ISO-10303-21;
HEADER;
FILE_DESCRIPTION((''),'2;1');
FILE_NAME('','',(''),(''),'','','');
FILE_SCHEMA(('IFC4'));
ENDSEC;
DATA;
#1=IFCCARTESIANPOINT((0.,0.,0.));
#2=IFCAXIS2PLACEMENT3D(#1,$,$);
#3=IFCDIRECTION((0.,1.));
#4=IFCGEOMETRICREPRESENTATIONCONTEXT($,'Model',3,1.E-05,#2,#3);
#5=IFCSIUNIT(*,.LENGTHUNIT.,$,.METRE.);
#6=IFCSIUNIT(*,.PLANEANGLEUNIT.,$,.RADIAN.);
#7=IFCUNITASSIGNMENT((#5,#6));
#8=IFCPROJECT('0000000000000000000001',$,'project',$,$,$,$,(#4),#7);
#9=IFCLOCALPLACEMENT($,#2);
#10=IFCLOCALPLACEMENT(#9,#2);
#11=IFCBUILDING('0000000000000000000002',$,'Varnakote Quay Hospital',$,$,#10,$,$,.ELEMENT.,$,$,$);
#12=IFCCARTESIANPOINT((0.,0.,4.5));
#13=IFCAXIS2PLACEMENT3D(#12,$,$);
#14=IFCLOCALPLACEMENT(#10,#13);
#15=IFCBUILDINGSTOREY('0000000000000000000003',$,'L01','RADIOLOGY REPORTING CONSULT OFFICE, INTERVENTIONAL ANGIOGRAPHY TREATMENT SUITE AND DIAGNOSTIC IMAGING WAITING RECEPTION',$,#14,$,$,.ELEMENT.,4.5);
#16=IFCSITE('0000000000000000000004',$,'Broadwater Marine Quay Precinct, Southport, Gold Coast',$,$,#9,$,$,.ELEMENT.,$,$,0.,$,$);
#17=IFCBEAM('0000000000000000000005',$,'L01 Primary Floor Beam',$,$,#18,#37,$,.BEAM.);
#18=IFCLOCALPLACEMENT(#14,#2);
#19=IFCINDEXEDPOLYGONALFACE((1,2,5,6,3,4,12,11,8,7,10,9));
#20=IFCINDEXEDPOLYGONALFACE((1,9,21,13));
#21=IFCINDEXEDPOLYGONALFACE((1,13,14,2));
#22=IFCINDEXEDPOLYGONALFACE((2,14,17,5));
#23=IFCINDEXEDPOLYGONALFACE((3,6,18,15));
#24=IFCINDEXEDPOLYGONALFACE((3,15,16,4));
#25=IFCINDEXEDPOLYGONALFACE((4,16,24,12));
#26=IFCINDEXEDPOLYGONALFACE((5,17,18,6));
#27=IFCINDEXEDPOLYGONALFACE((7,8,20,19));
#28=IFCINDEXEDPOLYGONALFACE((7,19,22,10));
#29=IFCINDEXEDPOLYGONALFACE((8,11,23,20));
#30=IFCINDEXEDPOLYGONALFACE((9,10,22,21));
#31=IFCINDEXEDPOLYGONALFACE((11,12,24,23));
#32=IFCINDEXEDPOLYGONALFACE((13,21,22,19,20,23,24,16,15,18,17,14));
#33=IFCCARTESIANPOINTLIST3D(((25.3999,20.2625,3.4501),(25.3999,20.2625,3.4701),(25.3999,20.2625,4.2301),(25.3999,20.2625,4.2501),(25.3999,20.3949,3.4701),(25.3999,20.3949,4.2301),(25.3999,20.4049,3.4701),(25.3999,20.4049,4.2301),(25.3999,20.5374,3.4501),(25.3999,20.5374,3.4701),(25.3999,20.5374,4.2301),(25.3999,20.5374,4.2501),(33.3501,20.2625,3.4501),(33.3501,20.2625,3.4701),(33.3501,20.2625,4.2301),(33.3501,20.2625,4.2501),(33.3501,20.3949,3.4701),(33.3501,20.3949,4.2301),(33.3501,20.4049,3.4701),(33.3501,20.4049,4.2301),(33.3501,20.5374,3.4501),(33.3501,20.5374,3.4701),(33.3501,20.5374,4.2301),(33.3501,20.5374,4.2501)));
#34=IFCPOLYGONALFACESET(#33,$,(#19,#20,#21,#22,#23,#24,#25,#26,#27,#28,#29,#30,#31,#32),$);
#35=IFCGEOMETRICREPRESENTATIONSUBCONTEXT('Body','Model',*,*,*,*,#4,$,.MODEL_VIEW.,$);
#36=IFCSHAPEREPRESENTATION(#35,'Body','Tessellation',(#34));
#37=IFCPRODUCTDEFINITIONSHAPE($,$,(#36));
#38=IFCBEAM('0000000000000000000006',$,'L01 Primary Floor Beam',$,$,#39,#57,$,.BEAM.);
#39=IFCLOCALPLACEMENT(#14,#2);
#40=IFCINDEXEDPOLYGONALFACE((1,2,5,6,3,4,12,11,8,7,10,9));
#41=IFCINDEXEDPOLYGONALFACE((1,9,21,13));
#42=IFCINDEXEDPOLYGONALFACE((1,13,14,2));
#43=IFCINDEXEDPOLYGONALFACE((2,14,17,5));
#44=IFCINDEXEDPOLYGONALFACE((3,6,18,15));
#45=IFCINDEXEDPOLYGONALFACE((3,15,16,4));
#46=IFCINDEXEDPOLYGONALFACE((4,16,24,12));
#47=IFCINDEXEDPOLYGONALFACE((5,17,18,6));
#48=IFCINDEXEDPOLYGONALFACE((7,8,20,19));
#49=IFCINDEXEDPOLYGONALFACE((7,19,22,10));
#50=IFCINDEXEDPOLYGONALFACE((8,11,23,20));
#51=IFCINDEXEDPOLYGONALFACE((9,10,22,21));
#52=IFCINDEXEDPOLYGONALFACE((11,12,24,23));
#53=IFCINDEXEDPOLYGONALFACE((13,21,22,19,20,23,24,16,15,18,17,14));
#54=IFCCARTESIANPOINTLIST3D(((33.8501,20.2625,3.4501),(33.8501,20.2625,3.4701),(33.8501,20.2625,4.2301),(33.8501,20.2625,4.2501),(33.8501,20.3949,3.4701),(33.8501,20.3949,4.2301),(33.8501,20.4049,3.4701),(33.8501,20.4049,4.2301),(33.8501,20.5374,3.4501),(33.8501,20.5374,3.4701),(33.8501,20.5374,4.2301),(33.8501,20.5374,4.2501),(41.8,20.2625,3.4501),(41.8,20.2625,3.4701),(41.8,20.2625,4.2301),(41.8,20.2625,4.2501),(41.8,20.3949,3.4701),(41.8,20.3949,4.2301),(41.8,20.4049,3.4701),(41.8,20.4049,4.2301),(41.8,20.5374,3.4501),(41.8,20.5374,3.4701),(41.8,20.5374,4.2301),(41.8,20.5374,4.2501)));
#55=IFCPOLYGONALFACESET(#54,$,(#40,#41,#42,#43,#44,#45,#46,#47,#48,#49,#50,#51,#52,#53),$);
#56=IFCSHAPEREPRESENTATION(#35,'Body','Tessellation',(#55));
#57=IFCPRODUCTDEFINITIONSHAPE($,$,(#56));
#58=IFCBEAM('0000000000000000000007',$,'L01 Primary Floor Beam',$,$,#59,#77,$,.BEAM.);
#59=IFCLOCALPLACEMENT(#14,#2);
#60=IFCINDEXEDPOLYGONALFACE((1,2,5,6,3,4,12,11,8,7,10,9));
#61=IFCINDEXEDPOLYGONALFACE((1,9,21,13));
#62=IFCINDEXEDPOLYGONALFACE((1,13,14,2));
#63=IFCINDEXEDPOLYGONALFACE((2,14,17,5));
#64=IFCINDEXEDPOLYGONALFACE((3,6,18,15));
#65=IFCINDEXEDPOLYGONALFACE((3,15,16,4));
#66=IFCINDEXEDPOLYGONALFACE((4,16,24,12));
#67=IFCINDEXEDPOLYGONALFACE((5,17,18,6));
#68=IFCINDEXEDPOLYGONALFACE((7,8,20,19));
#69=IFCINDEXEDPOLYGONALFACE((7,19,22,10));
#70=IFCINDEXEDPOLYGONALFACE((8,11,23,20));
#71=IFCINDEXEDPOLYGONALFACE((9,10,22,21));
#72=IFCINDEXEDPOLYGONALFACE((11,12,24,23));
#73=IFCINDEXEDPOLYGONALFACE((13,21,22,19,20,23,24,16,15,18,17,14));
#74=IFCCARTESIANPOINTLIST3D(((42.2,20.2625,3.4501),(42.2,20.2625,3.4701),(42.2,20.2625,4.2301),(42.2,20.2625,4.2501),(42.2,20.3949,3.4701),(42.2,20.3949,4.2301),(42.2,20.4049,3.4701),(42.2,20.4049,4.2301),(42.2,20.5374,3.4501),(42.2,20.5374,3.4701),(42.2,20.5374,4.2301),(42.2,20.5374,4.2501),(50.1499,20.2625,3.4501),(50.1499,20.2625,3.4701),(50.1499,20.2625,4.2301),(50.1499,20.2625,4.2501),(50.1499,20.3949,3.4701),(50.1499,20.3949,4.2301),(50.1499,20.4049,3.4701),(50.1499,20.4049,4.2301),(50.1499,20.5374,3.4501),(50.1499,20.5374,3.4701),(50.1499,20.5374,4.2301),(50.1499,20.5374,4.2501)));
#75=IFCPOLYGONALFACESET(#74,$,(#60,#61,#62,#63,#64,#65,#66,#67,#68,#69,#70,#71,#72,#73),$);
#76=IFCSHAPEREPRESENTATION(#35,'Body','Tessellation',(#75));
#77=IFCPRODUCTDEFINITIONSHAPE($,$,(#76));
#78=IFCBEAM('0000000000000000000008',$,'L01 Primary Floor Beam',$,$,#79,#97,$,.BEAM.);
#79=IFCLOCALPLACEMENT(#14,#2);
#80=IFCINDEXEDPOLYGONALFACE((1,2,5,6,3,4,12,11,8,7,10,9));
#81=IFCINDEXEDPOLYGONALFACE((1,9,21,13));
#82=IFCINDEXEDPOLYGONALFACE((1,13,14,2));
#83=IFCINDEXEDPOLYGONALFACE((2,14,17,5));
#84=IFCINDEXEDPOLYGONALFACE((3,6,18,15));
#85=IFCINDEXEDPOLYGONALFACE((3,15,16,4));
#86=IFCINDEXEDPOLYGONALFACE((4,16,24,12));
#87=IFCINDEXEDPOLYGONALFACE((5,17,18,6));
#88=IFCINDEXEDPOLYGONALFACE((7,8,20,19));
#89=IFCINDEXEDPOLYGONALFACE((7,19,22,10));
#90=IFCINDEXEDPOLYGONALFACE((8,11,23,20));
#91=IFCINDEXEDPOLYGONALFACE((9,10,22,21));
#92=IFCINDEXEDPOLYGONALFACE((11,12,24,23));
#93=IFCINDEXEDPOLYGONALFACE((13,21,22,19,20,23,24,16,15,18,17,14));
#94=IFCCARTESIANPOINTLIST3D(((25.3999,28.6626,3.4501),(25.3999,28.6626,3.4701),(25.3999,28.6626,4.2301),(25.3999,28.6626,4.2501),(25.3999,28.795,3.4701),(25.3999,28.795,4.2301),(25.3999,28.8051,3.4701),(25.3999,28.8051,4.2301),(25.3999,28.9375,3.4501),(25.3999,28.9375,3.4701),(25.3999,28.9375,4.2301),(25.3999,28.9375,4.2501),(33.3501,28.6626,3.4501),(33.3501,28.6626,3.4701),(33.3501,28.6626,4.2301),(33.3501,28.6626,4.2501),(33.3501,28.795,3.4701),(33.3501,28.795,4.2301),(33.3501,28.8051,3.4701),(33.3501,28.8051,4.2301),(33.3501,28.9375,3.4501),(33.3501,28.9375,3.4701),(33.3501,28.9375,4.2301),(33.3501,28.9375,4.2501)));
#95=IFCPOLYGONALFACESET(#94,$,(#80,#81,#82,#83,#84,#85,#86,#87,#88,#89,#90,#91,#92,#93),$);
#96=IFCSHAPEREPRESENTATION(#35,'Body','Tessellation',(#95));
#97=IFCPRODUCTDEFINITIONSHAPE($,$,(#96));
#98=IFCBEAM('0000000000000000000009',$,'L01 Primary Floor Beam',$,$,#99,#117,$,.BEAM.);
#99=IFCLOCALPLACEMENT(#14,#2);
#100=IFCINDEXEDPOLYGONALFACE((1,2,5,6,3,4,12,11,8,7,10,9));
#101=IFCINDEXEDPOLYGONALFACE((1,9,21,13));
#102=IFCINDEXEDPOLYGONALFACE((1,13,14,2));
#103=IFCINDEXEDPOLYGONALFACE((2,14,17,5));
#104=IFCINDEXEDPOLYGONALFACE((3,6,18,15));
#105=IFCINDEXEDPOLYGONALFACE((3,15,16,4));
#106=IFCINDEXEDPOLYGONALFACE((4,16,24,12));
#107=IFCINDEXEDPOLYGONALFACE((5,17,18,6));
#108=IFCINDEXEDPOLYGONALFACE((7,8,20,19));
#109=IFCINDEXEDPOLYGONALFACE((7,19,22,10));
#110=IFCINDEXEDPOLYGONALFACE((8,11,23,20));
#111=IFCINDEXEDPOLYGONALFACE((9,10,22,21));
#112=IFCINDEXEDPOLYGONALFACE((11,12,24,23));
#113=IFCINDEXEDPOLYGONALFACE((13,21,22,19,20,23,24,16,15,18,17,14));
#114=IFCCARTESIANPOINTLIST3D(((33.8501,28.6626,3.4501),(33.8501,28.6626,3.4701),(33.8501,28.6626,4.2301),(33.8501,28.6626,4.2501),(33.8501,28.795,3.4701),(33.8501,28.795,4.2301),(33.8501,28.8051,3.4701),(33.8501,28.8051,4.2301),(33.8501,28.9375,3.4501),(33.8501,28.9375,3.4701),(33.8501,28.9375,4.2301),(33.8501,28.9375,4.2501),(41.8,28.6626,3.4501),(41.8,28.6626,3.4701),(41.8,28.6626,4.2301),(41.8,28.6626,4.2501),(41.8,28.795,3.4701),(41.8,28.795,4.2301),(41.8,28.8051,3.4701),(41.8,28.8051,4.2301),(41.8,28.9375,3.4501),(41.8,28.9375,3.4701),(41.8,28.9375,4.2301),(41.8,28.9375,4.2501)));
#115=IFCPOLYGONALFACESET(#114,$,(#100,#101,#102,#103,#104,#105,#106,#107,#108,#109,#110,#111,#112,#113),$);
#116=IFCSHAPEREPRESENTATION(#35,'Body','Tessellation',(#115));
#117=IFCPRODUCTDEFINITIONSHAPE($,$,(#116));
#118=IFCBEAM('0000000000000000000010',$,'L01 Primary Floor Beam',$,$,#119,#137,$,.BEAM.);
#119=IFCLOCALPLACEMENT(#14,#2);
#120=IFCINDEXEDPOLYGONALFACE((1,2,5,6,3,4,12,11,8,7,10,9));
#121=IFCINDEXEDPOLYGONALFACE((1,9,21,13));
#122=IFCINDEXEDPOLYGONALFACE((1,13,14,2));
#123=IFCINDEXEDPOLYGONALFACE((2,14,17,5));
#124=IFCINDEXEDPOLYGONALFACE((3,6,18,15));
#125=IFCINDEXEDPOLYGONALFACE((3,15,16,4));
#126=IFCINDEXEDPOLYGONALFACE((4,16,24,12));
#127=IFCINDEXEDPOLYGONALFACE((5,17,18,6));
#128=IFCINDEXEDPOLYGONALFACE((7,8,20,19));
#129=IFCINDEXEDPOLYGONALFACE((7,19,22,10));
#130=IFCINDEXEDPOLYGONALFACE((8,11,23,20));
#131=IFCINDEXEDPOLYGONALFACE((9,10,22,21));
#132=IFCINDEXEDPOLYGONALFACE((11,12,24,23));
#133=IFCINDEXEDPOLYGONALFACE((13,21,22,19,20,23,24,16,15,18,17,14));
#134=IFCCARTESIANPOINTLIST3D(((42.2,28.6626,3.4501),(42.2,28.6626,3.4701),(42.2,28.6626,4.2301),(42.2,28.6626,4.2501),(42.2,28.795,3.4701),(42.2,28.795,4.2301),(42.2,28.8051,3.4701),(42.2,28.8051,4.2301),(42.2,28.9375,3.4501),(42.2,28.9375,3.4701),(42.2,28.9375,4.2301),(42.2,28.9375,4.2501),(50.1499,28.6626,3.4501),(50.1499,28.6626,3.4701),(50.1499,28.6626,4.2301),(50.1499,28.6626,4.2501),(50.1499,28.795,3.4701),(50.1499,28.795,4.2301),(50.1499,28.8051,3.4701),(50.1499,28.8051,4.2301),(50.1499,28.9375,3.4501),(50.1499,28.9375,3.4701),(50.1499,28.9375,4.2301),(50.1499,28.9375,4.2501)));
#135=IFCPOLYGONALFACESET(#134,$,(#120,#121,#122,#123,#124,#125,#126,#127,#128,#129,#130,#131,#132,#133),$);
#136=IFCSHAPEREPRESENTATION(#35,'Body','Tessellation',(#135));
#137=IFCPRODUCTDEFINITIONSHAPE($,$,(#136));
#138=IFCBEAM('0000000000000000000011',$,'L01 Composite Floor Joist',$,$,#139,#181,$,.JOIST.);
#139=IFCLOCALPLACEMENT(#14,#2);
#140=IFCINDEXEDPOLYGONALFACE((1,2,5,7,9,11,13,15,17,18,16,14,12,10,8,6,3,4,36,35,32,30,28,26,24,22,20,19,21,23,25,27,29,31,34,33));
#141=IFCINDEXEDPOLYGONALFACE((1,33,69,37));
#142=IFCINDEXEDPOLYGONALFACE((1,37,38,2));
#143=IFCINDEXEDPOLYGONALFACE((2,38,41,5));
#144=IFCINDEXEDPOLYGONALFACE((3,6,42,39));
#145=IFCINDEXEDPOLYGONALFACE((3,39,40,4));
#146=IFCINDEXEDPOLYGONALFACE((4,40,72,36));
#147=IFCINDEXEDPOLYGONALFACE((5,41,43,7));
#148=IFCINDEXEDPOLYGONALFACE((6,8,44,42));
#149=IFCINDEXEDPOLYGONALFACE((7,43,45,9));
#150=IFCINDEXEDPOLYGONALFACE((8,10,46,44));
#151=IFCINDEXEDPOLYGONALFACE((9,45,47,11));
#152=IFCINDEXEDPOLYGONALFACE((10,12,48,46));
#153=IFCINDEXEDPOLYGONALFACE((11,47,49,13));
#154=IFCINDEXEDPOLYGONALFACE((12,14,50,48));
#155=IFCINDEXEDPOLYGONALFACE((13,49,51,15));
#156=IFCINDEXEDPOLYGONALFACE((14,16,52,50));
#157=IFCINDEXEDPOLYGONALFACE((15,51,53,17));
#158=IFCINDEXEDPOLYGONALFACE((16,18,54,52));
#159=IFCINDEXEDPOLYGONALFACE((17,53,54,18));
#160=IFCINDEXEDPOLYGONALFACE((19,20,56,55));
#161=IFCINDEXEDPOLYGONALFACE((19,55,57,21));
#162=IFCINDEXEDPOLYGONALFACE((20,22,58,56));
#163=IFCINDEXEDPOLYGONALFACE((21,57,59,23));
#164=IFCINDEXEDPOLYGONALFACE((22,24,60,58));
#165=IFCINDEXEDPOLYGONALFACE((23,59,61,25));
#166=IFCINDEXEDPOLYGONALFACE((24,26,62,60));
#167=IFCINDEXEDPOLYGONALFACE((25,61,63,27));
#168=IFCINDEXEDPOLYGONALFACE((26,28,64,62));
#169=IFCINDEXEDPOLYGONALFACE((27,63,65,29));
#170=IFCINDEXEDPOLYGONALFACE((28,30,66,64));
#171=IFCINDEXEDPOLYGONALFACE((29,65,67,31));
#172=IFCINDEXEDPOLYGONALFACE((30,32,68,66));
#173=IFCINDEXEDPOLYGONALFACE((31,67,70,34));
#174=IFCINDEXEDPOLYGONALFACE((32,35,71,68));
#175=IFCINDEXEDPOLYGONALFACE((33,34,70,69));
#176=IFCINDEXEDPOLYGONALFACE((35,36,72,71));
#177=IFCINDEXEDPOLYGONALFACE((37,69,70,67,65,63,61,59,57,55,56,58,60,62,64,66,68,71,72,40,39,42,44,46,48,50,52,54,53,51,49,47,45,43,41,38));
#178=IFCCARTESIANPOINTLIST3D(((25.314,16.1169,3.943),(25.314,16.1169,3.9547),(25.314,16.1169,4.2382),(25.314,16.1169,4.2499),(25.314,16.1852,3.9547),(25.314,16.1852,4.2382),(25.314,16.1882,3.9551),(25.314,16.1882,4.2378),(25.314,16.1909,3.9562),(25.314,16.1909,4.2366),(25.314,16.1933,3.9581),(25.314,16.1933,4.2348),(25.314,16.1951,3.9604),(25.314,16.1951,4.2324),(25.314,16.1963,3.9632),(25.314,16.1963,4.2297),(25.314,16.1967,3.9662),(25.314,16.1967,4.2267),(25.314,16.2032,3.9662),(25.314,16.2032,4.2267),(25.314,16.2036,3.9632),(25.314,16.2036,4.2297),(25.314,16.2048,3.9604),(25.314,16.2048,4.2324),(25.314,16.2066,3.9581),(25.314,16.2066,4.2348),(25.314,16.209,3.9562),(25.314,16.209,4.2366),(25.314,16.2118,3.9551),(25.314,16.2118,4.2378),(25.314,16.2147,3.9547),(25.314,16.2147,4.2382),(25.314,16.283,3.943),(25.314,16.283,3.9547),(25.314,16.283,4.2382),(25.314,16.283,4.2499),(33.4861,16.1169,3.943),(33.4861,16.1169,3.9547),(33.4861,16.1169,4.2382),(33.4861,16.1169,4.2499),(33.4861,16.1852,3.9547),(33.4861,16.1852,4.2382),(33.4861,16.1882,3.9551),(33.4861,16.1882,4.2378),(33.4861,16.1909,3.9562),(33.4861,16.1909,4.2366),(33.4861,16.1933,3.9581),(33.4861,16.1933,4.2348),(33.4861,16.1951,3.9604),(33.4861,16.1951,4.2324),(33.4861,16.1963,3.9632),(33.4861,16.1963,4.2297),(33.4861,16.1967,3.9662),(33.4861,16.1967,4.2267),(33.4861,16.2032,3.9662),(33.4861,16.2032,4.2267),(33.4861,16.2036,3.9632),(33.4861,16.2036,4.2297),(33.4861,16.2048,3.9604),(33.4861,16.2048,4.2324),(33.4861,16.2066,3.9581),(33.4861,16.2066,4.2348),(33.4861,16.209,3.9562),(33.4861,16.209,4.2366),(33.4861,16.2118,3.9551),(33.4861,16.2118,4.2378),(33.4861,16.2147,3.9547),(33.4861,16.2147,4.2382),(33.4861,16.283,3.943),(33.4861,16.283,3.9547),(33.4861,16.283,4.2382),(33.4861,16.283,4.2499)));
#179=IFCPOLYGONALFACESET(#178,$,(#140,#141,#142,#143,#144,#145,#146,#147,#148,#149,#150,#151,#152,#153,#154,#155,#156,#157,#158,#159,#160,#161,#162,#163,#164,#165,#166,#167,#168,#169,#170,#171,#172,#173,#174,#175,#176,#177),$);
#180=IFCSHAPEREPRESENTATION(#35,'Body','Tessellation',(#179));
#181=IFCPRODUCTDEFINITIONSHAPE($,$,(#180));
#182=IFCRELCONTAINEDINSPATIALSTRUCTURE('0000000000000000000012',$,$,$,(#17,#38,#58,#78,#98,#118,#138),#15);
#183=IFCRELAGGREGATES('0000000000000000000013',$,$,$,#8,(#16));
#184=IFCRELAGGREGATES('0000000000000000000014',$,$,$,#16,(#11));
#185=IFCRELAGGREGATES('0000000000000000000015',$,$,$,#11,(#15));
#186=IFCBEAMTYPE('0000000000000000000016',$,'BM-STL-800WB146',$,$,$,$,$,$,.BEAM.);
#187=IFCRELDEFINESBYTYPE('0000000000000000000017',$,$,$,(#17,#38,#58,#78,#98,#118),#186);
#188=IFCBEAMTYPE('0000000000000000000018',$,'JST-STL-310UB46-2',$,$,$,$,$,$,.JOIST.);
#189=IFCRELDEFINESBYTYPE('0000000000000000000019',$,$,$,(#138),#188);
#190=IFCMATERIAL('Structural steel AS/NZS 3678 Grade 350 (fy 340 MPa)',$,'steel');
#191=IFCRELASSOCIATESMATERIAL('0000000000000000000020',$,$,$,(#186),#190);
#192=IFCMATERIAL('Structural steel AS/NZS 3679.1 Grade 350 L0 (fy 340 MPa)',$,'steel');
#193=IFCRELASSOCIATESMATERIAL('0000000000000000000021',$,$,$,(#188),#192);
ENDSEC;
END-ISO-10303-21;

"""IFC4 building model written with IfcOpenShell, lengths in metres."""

from ifc_helpers import new_model, si_unit, direction, frame, origin, origin_2d, place, context, subcontext, project, spatial, i_section, extrude, material, material_profile, profile_set, type_object, element, save


model = new_model("IFC4")

# Units and contexts
model_context = context("Model", 3, precision=1e-05, world=origin(), true_north=direction((0.0, 1.0)))
body_context = subcontext(model_context, "Body", "Model", "MODEL_VIEW")
ifc_project = project(units=[si_unit("LENGTHUNIT", "METRE"), si_unit("PLANEANGLEUNIT", "RADIAN")], contexts=[model_context])

# Site, building, storey
site_placement = place(None, origin())
site = spatial("IfcSite", under=ifc_project, at=site_placement, Name="Broadwater Marine Quay Precinct, Southport, Gold Coast", CompositionType="ELEMENT", RefElevation=0.0)
building_placement = place(site_placement, origin())
building = spatial("IfcBuilding", under=site, at=building_placement, Name="Varnakote Quay Hospital", CompositionType="ELEMENT")
storey_placement = place(building_placement, frame((0.0, 0.0, 4.5)))
storey = spatial("IfcBuildingStorey", under=building, at=storey_placement, Name="L01", Description="RADIOLOGY REPORTING CONSULT OFFICE, INTERVENTIONAL ANGIOGRAPHY TREATMENT SUITE AND DIAGNOSTIC IMAGING WAITING RECEPTION", CompositionType="ELEMENT", Elevation=4.5)

# Beams
ifc_material_1 = material(Name="Structural steel AS/NZS 3678 Grade 350 (fy 340 MPa)", Category="steel")
ifc_material_profile_1 = material_profile(ifc_material_1, i_section(OverallWidth=0.2749, OverallDepth=0.8, WebThickness=0.01, FlangeThickness=0.02, at=origin_2d()), Name="800WB146")
ifc_profile_set_1 = profile_set([ifc_material_profile_1], Name="Structural steel AS/NZS 3678 Grade 350 (fy 340 MPa)")
beam_type_1 = type_object("IfcBeamType", Name="BM-STL-800WB146", PredefinedType="BEAM", material=ifc_profile_set_1)
beam_1_placement = place(storey_placement, frame((25.3999, 20.3999, 3.8501), z_axis=(1.0, 0.0, 0.0), x_axis=(0.0, 1.0, 0.0)))
element("IfcBeam", 1, at=beam_1_placement, inside=storey, type_object=beam_type_1, Name="L01 Primary Floor Beam", PredefinedType="BEAM", context=body_context, shape_type="SweptSolid", body=[
    extrude(i_section(OverallWidth=0.2749, OverallDepth=0.8, WebThickness=0.01, FlangeThickness=0.02, at=origin_2d()), origin(), (0.0, 0.0, 1.0), 7.9502),
])
for number, where, z_axis, x_axis, name in (
    (2, (33.8501, 20.3999, 3.8501), (1.0, 0.0, 0.0), (0.0, 1.0, 0.0), "L01 Primary Floor Beam"),
    (3, (42.2, 20.3999, 3.8501), (1.0, 0.0, 0.0), (0.0, 1.0, 0.0), "L01 Primary Floor Beam"),
):
    element("IfcBeam", number, at=place(storey_placement, frame(where, z_axis=z_axis, x_axis=x_axis)), inside=storey, type_object=beam_type_1, Name=name, PredefinedType="BEAM", context=body_context, shape_type="SweptSolid", body=[
        extrude(i_section(OverallWidth=0.2749, OverallDepth=0.8, WebThickness=0.01, FlangeThickness=0.02, at=origin_2d()), origin(), (0.0, 0.0, 1.0), 7.95),
    ])
beam_2_placement = place(storey_placement, frame((25.3999, 28.8, 3.8501), z_axis=(1.0, 0.0, 0.0), x_axis=(0.0, 1.0, 0.0)))
element("IfcBeam", 4, at=beam_2_placement, inside=storey, type_object=beam_type_1, Name="L01 Primary Floor Beam", PredefinedType="BEAM", context=body_context, shape_type="SweptSolid", body=[
    extrude(i_section(OverallWidth=0.2749, OverallDepth=0.8, WebThickness=0.01, FlangeThickness=0.02, at=origin_2d()), origin(), (0.0, 0.0, 1.0), 7.9502),
])
for number, where, z_axis, x_axis, name in (
    (5, (33.8501, 28.8, 3.8501), (1.0, 0.0, 0.0), (0.0, 1.0, 0.0), "L01 Primary Floor Beam"),
    (6, (42.2, 28.8, 3.8501), (1.0, 0.0, 0.0), (0.0, 1.0, 0.0), "L01 Primary Floor Beam"),
):
    element("IfcBeam", number, at=place(storey_placement, frame(where, z_axis=z_axis, x_axis=x_axis)), inside=storey, type_object=beam_type_1, Name=name, PredefinedType="BEAM", context=body_context, shape_type="SweptSolid", body=[
        extrude(i_section(OverallWidth=0.2749, OverallDepth=0.8, WebThickness=0.01, FlangeThickness=0.02, at=origin_2d()), origin(), (0.0, 0.0, 1.0), 7.95),
    ])
ifc_material_2 = material(Name="Structural steel AS/NZS 3679.1 Grade 350 L0 (fy 340 MPa)", Category="steel")
ifc_material_profile_2 = material_profile(ifc_material_2, i_section(OverallWidth=0.166, OverallDepth=0.3069, WebThickness=0.0066, FlangeThickness=0.0117, FilletRadius=0.0115, at=origin_2d()), Name="310UB46.2")
ifc_profile_set_2 = profile_set([ifc_material_profile_2], Name="Structural steel AS/NZS 3679.1 Grade 350 L0 (fy 340 MPa)")
beam_type_2 = type_object("IfcBeamType", Name="JST-STL-310UB46-2", PredefinedType="JOIST", material=ifc_profile_set_2)
beam_3_placement = place(storey_placement, frame((25.314, 16.2, 4.0964), z_axis=(1.0, 0.0, 0.0), x_axis=(0.0, 1.0, 0.0)))
element("IfcBeam", 7, at=beam_3_placement, inside=storey, type_object=beam_type_2, Name="L01 Composite Floor Joist", PredefinedType="JOIST", context=body_context, shape_type="SweptSolid", body=[
    extrude(i_section(OverallWidth=0.166, OverallDepth=0.3069, WebThickness=0.0066, FlangeThickness=0.0117, FilletRadius=0.0115, at=origin_2d()), origin(), (0.0, 0.0, 1.0), 8.1721),
])

save(model, "model.ifc")
